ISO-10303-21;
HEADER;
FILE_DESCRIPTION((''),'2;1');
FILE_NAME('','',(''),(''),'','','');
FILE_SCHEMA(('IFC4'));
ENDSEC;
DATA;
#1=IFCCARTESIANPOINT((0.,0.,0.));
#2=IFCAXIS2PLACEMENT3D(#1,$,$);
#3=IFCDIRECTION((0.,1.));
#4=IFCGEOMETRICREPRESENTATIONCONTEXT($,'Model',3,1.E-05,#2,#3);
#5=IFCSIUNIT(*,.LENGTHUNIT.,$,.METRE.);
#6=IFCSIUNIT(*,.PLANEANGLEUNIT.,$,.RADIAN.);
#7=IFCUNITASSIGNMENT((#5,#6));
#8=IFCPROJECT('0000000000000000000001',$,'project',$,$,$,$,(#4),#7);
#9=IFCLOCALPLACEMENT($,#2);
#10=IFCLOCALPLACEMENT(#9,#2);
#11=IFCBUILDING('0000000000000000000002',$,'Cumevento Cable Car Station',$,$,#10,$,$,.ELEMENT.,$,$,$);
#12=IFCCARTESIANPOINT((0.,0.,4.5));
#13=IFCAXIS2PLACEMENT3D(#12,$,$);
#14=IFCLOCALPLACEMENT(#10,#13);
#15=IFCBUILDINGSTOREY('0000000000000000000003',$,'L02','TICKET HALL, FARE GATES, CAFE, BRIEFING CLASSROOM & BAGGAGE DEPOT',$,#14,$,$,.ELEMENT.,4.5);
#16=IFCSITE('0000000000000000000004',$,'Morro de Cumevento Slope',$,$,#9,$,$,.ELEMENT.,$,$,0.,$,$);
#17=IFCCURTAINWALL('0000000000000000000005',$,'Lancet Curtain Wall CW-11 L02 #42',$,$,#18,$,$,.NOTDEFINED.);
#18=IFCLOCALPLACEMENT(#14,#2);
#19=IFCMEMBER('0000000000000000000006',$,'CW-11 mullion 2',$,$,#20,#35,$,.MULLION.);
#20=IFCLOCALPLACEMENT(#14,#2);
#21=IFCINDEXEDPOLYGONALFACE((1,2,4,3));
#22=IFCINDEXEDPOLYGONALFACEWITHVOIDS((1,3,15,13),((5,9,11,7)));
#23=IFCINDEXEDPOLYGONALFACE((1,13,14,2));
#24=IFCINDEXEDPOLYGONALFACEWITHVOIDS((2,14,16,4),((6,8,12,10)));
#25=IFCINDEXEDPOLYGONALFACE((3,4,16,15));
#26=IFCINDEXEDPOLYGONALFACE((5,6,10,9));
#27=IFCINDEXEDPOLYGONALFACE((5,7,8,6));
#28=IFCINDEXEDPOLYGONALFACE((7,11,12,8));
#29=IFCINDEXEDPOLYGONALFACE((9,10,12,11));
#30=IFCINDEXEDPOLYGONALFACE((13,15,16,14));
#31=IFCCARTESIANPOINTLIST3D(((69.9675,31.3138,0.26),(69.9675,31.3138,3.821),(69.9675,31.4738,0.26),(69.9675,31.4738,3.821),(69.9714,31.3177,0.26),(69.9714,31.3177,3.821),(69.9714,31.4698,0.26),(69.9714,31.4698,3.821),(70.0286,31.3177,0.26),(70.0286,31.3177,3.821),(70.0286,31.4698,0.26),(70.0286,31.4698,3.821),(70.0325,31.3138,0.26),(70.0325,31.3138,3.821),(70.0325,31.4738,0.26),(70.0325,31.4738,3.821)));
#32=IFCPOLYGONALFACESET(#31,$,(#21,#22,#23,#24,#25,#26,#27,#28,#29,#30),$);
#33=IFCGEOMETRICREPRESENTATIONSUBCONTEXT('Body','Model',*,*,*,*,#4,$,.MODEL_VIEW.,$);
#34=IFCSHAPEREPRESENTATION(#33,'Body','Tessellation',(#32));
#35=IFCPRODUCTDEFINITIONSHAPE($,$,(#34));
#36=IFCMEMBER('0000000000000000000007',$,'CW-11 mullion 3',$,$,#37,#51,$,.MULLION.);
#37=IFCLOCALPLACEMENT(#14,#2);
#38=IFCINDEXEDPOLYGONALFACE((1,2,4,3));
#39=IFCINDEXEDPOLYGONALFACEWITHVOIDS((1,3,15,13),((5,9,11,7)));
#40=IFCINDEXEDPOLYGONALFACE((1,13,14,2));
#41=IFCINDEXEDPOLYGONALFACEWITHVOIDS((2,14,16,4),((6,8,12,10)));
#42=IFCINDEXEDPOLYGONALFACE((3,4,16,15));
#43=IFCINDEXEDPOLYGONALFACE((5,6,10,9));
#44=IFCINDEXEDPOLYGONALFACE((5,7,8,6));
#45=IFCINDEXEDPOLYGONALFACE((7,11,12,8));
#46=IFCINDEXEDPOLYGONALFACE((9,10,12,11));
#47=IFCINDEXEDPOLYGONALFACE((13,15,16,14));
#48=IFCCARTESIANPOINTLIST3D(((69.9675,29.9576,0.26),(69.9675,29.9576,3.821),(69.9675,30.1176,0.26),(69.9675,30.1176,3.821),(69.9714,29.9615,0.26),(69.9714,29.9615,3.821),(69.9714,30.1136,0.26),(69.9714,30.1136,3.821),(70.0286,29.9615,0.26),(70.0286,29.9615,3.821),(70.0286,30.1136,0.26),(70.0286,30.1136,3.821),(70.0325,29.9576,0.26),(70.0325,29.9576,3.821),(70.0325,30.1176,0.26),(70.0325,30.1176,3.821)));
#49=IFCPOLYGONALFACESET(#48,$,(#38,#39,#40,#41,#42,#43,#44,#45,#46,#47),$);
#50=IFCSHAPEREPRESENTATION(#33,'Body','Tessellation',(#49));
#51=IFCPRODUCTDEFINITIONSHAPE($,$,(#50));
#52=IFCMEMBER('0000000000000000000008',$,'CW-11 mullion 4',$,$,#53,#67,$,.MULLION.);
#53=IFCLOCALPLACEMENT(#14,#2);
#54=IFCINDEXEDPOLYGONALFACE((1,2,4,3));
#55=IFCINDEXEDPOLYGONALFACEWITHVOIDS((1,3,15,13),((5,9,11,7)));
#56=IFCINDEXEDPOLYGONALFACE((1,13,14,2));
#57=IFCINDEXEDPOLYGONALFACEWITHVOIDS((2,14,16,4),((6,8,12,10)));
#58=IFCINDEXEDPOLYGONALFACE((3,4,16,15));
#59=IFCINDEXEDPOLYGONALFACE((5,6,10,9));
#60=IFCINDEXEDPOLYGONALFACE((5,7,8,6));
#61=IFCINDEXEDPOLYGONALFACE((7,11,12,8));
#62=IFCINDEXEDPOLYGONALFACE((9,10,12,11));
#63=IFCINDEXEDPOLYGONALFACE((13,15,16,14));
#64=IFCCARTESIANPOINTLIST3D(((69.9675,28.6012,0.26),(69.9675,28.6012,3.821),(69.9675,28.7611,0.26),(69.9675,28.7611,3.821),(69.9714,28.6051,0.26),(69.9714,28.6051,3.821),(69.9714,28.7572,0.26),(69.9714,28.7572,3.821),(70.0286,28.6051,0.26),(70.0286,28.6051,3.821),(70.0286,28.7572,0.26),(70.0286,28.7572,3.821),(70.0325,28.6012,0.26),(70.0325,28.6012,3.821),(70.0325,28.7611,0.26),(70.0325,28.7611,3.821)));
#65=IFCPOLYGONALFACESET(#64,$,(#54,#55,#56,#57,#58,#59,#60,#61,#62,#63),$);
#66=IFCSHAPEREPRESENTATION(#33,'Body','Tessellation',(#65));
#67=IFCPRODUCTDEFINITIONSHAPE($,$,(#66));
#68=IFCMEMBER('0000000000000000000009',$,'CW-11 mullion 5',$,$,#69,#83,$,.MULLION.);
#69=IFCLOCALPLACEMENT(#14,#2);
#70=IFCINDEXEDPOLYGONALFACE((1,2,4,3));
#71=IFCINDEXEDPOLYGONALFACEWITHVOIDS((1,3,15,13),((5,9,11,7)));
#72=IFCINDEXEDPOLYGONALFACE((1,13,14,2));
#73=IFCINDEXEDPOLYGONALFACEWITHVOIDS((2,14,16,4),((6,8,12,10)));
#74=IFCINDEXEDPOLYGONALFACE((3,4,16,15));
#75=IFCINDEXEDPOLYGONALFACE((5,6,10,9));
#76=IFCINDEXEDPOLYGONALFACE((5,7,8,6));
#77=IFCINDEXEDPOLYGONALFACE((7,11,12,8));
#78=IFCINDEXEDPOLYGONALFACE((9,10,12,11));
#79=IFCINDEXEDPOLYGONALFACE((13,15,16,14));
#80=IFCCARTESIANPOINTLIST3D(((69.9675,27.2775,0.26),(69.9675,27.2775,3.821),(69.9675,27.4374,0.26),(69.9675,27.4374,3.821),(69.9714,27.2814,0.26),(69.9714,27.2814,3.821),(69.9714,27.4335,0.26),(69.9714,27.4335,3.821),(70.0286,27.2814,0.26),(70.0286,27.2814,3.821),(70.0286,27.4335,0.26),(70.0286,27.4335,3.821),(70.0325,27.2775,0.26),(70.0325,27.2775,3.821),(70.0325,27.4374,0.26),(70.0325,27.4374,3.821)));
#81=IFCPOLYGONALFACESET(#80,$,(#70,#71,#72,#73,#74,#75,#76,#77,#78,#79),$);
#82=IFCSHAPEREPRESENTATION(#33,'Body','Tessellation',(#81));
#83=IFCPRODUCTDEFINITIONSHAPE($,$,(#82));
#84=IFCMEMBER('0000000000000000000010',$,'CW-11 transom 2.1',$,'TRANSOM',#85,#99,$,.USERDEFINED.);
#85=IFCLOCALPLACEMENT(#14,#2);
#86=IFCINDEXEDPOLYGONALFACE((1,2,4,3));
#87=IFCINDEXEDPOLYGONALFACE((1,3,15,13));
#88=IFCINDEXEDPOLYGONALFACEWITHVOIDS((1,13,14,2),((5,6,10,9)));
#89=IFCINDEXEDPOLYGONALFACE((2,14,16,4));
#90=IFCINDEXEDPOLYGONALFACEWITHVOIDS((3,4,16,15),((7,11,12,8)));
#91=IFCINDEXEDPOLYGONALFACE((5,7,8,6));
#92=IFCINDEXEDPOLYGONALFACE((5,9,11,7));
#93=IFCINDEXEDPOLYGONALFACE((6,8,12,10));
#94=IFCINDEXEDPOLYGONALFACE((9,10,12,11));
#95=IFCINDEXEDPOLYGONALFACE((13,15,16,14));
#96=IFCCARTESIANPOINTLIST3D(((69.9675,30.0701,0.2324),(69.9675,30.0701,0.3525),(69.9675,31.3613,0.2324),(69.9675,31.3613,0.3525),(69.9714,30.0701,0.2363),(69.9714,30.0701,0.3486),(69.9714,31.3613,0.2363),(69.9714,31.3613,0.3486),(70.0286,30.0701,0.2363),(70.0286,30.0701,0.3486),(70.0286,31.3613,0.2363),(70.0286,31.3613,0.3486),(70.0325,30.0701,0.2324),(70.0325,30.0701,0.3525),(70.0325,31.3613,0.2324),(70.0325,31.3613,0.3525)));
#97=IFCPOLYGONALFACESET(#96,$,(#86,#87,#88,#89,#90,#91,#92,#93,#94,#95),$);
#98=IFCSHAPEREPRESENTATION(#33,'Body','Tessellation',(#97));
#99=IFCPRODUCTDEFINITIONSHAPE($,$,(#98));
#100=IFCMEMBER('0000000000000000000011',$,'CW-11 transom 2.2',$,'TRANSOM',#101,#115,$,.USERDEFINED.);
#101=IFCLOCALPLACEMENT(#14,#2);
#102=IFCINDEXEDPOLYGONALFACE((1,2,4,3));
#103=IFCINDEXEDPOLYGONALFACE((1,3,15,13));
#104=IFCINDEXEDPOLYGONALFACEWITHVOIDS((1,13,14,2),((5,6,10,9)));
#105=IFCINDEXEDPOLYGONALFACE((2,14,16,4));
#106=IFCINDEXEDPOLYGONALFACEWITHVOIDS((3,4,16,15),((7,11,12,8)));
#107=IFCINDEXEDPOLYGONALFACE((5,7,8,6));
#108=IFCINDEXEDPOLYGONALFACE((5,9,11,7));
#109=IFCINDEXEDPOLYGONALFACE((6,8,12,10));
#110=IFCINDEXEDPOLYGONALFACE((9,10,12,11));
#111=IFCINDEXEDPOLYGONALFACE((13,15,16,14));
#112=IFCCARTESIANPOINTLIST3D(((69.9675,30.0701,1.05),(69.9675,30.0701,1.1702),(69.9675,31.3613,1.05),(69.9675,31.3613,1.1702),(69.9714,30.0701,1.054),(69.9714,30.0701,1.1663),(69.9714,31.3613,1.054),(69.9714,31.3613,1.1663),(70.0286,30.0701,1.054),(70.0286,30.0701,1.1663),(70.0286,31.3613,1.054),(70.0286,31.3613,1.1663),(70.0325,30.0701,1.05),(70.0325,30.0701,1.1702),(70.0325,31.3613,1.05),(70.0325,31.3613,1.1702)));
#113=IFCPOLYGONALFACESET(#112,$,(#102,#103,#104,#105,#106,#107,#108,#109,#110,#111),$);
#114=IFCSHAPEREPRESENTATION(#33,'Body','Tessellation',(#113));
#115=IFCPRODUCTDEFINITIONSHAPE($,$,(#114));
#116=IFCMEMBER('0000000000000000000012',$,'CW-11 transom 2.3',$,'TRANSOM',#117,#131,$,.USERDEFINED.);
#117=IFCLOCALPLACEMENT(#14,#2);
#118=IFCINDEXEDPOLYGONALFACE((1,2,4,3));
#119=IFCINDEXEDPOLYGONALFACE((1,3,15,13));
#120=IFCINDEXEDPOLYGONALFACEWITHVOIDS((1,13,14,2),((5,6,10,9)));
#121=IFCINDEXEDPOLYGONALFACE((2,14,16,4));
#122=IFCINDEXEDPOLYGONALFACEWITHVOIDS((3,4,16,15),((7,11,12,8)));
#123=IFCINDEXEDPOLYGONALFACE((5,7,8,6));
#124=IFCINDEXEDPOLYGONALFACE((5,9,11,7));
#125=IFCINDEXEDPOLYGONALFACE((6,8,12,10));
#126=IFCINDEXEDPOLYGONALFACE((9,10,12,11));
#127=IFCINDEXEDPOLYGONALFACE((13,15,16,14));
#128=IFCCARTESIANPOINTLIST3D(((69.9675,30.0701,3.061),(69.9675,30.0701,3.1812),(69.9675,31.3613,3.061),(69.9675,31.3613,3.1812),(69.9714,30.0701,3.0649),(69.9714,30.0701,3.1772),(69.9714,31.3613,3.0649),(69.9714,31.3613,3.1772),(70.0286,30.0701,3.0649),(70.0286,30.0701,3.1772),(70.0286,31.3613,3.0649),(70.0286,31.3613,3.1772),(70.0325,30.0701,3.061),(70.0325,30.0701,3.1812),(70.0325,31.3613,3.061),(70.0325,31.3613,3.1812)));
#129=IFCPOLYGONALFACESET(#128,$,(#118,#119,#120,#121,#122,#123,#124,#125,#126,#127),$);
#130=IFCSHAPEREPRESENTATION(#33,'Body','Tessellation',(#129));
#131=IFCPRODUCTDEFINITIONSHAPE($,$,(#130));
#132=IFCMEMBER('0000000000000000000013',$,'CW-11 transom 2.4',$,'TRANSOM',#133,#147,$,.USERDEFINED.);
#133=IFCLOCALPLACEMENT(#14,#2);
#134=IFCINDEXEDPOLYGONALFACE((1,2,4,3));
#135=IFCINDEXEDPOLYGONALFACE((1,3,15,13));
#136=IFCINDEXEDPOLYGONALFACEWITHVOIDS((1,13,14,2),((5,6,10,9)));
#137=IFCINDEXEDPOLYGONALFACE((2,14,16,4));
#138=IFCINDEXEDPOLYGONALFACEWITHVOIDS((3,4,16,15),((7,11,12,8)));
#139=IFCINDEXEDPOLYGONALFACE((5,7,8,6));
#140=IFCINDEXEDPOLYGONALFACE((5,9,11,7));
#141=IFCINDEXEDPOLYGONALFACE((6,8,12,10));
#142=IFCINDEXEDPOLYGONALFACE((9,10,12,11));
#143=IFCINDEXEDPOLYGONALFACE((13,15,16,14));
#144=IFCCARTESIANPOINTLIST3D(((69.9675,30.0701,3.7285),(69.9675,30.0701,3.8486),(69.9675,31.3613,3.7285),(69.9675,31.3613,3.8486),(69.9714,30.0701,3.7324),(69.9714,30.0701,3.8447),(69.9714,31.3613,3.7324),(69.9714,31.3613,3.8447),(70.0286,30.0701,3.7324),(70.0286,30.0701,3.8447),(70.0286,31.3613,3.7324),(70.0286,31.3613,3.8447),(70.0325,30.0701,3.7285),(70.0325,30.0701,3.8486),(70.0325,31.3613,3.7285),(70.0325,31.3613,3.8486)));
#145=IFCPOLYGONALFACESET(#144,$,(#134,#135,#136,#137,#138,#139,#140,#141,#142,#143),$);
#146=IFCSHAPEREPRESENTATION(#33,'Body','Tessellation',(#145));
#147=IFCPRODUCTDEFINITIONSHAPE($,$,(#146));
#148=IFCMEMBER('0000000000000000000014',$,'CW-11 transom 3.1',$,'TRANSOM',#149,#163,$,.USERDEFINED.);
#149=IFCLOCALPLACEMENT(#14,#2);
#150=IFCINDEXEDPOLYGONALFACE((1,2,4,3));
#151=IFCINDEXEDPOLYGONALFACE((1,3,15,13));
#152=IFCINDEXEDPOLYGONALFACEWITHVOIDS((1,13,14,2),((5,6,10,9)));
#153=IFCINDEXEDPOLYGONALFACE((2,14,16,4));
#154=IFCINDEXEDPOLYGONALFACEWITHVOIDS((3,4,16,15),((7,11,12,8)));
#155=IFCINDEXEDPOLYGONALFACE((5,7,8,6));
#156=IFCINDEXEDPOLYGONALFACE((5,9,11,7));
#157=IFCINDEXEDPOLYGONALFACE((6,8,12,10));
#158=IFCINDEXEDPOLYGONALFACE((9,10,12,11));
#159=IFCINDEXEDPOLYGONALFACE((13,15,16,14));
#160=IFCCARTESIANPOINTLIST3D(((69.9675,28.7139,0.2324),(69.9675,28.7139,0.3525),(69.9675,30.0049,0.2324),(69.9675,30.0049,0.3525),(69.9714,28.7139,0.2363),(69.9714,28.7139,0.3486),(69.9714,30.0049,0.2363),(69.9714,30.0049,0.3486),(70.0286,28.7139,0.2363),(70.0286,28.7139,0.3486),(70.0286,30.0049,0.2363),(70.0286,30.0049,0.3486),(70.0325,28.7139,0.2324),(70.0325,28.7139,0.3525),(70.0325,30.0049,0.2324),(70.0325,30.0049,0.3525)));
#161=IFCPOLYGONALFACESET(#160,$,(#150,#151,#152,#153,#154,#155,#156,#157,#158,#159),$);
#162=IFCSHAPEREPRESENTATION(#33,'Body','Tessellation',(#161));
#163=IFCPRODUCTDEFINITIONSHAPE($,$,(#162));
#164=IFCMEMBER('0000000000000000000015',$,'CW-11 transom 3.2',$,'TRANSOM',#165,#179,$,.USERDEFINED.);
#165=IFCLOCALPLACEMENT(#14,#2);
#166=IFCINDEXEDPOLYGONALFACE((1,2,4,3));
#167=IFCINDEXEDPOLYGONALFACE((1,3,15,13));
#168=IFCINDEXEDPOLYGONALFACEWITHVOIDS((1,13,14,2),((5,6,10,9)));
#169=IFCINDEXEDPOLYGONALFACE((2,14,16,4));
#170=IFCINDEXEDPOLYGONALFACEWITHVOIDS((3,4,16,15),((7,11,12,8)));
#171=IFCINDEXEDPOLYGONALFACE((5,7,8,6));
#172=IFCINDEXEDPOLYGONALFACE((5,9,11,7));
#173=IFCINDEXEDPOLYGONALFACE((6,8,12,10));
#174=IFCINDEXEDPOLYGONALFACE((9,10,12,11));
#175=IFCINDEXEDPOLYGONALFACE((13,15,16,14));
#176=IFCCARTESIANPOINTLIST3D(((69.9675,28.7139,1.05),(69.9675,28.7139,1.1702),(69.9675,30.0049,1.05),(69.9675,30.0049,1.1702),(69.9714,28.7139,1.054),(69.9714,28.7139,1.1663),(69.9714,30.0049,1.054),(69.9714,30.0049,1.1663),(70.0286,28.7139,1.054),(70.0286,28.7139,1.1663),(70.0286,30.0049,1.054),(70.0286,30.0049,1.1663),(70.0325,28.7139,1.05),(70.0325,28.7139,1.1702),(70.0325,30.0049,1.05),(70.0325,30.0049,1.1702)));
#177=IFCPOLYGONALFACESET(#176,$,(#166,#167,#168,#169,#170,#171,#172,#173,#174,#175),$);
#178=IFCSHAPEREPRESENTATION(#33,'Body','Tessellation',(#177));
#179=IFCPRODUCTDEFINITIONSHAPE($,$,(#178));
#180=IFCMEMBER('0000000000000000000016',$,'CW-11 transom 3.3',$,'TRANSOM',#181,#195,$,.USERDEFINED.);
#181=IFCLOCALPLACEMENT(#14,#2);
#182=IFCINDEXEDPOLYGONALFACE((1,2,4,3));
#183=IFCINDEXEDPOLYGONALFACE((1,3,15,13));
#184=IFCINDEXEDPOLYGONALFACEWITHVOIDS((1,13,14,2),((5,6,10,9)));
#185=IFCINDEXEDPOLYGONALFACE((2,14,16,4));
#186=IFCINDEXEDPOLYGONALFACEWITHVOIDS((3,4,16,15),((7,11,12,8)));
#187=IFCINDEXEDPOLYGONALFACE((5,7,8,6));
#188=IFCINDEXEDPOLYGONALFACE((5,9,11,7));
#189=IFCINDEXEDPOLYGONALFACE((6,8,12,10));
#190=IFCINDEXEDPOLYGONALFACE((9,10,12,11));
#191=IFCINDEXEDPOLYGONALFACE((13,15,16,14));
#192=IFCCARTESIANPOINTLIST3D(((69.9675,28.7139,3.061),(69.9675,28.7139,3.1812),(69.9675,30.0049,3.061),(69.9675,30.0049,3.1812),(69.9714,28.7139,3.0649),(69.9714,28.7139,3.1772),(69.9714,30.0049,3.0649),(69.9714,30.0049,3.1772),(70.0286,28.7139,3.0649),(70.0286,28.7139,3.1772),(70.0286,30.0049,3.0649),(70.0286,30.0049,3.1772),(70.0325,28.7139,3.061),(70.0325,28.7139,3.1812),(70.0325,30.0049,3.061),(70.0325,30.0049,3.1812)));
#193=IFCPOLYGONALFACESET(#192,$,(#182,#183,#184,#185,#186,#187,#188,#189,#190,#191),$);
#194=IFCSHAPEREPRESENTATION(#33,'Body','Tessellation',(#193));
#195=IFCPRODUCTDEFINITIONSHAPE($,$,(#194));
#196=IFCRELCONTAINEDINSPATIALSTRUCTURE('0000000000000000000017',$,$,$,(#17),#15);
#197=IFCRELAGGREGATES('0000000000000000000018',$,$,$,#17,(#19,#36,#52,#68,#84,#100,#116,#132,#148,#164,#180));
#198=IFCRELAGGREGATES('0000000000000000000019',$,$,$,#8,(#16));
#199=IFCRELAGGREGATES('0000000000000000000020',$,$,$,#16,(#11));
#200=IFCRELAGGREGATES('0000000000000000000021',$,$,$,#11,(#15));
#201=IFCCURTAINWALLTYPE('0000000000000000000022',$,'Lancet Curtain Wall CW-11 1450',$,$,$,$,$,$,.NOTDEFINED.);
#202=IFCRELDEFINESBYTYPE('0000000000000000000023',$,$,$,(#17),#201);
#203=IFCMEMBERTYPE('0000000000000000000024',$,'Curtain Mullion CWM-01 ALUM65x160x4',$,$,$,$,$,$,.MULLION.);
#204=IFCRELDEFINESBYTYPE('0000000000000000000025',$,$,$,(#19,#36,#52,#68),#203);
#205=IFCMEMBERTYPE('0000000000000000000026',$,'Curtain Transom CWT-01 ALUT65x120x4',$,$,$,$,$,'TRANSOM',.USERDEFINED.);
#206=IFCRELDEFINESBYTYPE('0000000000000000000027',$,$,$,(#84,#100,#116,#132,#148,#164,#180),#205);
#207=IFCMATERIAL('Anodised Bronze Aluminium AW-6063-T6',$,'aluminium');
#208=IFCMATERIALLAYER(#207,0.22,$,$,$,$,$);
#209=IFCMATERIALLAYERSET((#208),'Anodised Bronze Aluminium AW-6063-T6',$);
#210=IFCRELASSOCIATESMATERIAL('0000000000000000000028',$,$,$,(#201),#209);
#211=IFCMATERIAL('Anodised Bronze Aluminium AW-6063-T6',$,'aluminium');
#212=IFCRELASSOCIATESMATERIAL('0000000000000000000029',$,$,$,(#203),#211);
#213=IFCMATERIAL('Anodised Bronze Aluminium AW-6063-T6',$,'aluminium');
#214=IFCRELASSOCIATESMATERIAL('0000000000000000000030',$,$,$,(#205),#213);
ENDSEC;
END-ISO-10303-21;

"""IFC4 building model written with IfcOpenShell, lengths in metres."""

from ifc_helpers import new_model, si_unit, direction, frame, origin, origin_2d, place, context, subcontext, project, spatial, hollow_rectangle, extrude, material, layer, layer_set, material_profile, profile_set, type_object, element, aggregate, save


model = new_model("IFC4")

# Units and contexts
model_context = context("Model", 3, precision=1e-05, world=origin(), true_north=direction((0.0, 1.0)))
body_context = subcontext(model_context, "Body", "Model", "MODEL_VIEW")
ifc_project = project(units=[si_unit("LENGTHUNIT", "METRE"), si_unit("PLANEANGLEUNIT", "RADIAN")], contexts=[model_context])

# Site, building, storey
site_placement = place(None, origin())
site = spatial("IfcSite", under=ifc_project, at=site_placement, Name="Morro de Cumevento Slope", CompositionType="ELEMENT", RefElevation=0.0)
building_placement = place(site_placement, origin())
building = spatial("IfcBuilding", under=site, at=building_placement, Name="Cumevento Cable Car Station", CompositionType="ELEMENT")
storey_placement = place(building_placement, frame((0.0, 0.0, 4.5)))
storey = spatial("IfcBuildingStorey", under=building, at=storey_placement, Name="L02", Description="TICKET HALL, FARE GATES, CAFE, BRIEFING CLASSROOM & BAGGAGE DEPOT", CompositionType="ELEMENT", Elevation=4.5)

# Curtain wall, members
ifc_material_1 = material(Name="Anodised Bronze Aluminium AW-6063-T6", Category="aluminium")
ifc_layer_1 = layer(ifc_material_1, 0.22)
ifc_layer_set_1 = layer_set([ifc_layer_1], Name="Anodised Bronze Aluminium AW-6063-T6")
curtain_wall_type = type_object("IfcCurtainWallType", Name="Lancet Curtain Wall CW-11 1450", PredefinedType="NOTDEFINED", material=ifc_layer_set_1)
curtain_wall_placement = place(storey_placement, origin())
curtain_wall = element("IfcCurtainWall", 1, at=curtain_wall_placement, inside=storey, type_object=curtain_wall_type, Name="Lancet Curtain Wall CW-11 L02 #42", PredefinedType="NOTDEFINED")
ifc_material_2 = material(Name="Anodised Bronze Aluminium AW-6063-T6", Category="aluminium")
ifc_material_profile_1 = material_profile(ifc_material_2, hollow_rectangle(XDim=0.0649, YDim=0.1599, WallThickness=0.0039, at=origin_2d()), Name="ALUM65x160x4")
ifc_profile_set_1 = profile_set([ifc_material_profile_1], Name="Anodised Bronze Aluminium AW-6063-T6")
member_type_1 = type_object("IfcMemberType", Name="Curtain Mullion CWM-01 ALUM65x160x4", PredefinedType="MULLION", material=ifc_profile_set_1)
member_1_placement = place(storey_placement, frame((70.0, 31.3938, 0.26), z_axis=(0.0, 0.0, 1.0), x_axis=(1.0, 0.0, 0.0)))
member_1 = element("IfcMember", 2, at=member_1_placement, type_object=member_type_1, Name="CW-11 mullion 2", PredefinedType="MULLION", context=body_context, shape_type="SweptSolid", body=[
    extrude(hollow_rectangle(XDim=0.0649, YDim=0.1599, WallThickness=0.0039, at=origin_2d()), origin(), (0.0, 0.0, 1.0), 3.561),
])
member_2_placement = place(storey_placement, frame((70.0, 30.0376, 0.26), z_axis=(0.0, 0.0, 1.0), x_axis=(1.0, 0.0, 0.0)))
member_2 = element("IfcMember", 3, at=member_2_placement, type_object=member_type_1, Name="CW-11 mullion 3", PredefinedType="MULLION", context=body_context, shape_type="SweptSolid", body=[
    extrude(hollow_rectangle(XDim=0.0649, YDim=0.1599, WallThickness=0.0039, at=origin_2d()), origin(), (0.0, 0.0, 1.0), 3.561),
])
member_3_placement = place(storey_placement, frame((70.0, 28.6812, 0.26), z_axis=(0.0, 0.0, 1.0), x_axis=(1.0, 0.0, 0.0)))
member_3 = element("IfcMember", 4, at=member_3_placement, type_object=member_type_1, Name="CW-11 mullion 4", PredefinedType="MULLION", context=body_context, shape_type="SweptSolid", body=[
    extrude(hollow_rectangle(XDim=0.0649, YDim=0.1599, WallThickness=0.0039, at=origin_2d()), origin(), (0.0, 0.0, 1.0), 3.561),
])
member_4_placement = place(storey_placement, frame((70.0, 27.3574, 0.26), z_axis=(0.0, 0.0, 1.0), x_axis=(1.0, 0.0, 0.0)))
member_4 = element("IfcMember", 5, at=member_4_placement, type_object=member_type_1, Name="CW-11 mullion 5", PredefinedType="MULLION", context=body_context, shape_type="SweptSolid", body=[
    extrude(hollow_rectangle(XDim=0.0649, YDim=0.1599, WallThickness=0.0039, at=origin_2d()), origin(), (0.0, 0.0, 1.0), 3.561),
])
ifc_material_3 = material(Name="Anodised Bronze Aluminium AW-6063-T6", Category="aluminium")
ifc_material_profile_2 = material_profile(ifc_material_3, hollow_rectangle(XDim=0.0649, YDim=0.1201, WallThickness=0.0039, at=origin_2d()), Name="ALUT65x120x4")
ifc_profile_set_2 = profile_set([ifc_material_profile_2], Name="Anodised Bronze Aluminium AW-6063-T6")
member_type_2 = type_object("IfcMemberType", Name="Curtain Transom CWT-01 ALUT65x120x4", ElementType="TRANSOM", PredefinedType="USERDEFINED", material=ifc_profile_set_2)
member_5_placement = place(storey_placement, frame((70.0, 31.3613, 0.2925), z_axis=(0.0, -1.0, 0.0), x_axis=(1.0, 0.0, 0.0)))
member_5 = element("IfcMember", 6, at=member_5_placement, type_object=member_type_2, Name="CW-11 transom 2.1", ObjectType="TRANSOM", PredefinedType="USERDEFINED", context=body_context, shape_type="SweptSolid", body=[
    extrude(hollow_rectangle(XDim=0.0649, YDim=0.1201, WallThickness=0.0039, at=origin_2d()), origin(), (0.0, 0.0, 1.0), 1.2913),
])
member_6_placement = place(storey_placement, frame((70.0, 31.3613, 1.1101), z_axis=(0.0, -1.0, 0.0), x_axis=(1.0, 0.0, 0.0)))
member_6 = element("IfcMember", 7, at=member_6_placement, type_object=member_type_2, Name="CW-11 transom 2.2", ObjectType="TRANSOM", PredefinedType="USERDEFINED", context=body_context, shape_type="SweptSolid", body=[
    extrude(hollow_rectangle(XDim=0.0649, YDim=0.1201, WallThickness=0.0039, at=origin_2d()), origin(), (0.0, 0.0, 1.0), 1.2913),
])
member_7_placement = place(storey_placement, frame((70.0, 31.3613, 3.1211), z_axis=(0.0, -1.0, 0.0), x_axis=(1.0, 0.0, 0.0)))
member_7 = element("IfcMember", 8, at=member_7_placement, type_object=member_type_2, Name="CW-11 transom 2.3", ObjectType="TRANSOM", PredefinedType="USERDEFINED", context=body_context, shape_type="SweptSolid", body=[
    extrude(hollow_rectangle(XDim=0.0649, YDim=0.1201, WallThickness=0.0039, at=origin_2d()), origin(), (0.0, 0.0, 1.0), 1.2913),
])
member_8_placement = place(storey_placement, frame((70.0, 31.3613, 3.7886), z_axis=(0.0, -1.0, 0.0), x_axis=(1.0, 0.0, 0.0)))
member_8 = element("IfcMember", 9, at=member_8_placement, type_object=member_type_2, Name="CW-11 transom 2.4", ObjectType="TRANSOM", PredefinedType="USERDEFINED", context=body_context, shape_type="SweptSolid", body=[
    extrude(hollow_rectangle(XDim=0.0649, YDim=0.1201, WallThickness=0.0039, at=origin_2d()), origin(), (0.0, 0.0, 1.0), 1.2913),
])
member_9_placement = place(storey_placement, frame((70.0, 30.0049, 0.2925), z_axis=(0.0, -1.0, 0.0), x_axis=(1.0, 0.0, 0.0)))
member_9 = element("IfcMember", 10, at=member_9_placement, type_object=member_type_2, Name="CW-11 transom 3.1", ObjectType="TRANSOM", PredefinedType="USERDEFINED", context=body_context, shape_type="SweptSolid", body=[
    extrude(hollow_rectangle(XDim=0.0649, YDim=0.1201, WallThickness=0.0039, at=origin_2d()), origin(), (0.0, 0.0, 1.0), 1.291),
])
member_10_placement = place(storey_placement, frame((70.0, 30.0049, 1.1101), z_axis=(0.0, -1.0, 0.0), x_axis=(1.0, 0.0, 0.0)))
member_10 = element("IfcMember", 11, at=member_10_placement, type_object=member_type_2, Name="CW-11 transom 3.2", ObjectType="TRANSOM", PredefinedType="USERDEFINED", context=body_context, shape_type="SweptSolid", body=[
    extrude(hollow_rectangle(XDim=0.0649, YDim=0.1201, WallThickness=0.0039, at=origin_2d()), origin(), (0.0, 0.0, 1.0), 1.291),
])
member_11_placement = place(storey_placement, frame((70.0, 30.0049, 3.1211), z_axis=(0.0, -1.0, 0.0), x_axis=(1.0, 0.0, 0.0)))
member_11 = element("IfcMember", 12, at=member_11_placement, type_object=member_type_2, Name="CW-11 transom 3.3", ObjectType="TRANSOM", PredefinedType="USERDEFINED", context=body_context, shape_type="SweptSolid", body=[
    extrude(hollow_rectangle(XDim=0.0649, YDim=0.1201, WallThickness=0.0039, at=origin_2d()), origin(), (0.0, 0.0, 1.0), 1.291),
])

aggregate(curtain_wall, [member_1, member_2, member_3, member_4, member_5, member_6, member_7, member_8, member_9, member_10, member_11])

save(model, "model.ifc")
